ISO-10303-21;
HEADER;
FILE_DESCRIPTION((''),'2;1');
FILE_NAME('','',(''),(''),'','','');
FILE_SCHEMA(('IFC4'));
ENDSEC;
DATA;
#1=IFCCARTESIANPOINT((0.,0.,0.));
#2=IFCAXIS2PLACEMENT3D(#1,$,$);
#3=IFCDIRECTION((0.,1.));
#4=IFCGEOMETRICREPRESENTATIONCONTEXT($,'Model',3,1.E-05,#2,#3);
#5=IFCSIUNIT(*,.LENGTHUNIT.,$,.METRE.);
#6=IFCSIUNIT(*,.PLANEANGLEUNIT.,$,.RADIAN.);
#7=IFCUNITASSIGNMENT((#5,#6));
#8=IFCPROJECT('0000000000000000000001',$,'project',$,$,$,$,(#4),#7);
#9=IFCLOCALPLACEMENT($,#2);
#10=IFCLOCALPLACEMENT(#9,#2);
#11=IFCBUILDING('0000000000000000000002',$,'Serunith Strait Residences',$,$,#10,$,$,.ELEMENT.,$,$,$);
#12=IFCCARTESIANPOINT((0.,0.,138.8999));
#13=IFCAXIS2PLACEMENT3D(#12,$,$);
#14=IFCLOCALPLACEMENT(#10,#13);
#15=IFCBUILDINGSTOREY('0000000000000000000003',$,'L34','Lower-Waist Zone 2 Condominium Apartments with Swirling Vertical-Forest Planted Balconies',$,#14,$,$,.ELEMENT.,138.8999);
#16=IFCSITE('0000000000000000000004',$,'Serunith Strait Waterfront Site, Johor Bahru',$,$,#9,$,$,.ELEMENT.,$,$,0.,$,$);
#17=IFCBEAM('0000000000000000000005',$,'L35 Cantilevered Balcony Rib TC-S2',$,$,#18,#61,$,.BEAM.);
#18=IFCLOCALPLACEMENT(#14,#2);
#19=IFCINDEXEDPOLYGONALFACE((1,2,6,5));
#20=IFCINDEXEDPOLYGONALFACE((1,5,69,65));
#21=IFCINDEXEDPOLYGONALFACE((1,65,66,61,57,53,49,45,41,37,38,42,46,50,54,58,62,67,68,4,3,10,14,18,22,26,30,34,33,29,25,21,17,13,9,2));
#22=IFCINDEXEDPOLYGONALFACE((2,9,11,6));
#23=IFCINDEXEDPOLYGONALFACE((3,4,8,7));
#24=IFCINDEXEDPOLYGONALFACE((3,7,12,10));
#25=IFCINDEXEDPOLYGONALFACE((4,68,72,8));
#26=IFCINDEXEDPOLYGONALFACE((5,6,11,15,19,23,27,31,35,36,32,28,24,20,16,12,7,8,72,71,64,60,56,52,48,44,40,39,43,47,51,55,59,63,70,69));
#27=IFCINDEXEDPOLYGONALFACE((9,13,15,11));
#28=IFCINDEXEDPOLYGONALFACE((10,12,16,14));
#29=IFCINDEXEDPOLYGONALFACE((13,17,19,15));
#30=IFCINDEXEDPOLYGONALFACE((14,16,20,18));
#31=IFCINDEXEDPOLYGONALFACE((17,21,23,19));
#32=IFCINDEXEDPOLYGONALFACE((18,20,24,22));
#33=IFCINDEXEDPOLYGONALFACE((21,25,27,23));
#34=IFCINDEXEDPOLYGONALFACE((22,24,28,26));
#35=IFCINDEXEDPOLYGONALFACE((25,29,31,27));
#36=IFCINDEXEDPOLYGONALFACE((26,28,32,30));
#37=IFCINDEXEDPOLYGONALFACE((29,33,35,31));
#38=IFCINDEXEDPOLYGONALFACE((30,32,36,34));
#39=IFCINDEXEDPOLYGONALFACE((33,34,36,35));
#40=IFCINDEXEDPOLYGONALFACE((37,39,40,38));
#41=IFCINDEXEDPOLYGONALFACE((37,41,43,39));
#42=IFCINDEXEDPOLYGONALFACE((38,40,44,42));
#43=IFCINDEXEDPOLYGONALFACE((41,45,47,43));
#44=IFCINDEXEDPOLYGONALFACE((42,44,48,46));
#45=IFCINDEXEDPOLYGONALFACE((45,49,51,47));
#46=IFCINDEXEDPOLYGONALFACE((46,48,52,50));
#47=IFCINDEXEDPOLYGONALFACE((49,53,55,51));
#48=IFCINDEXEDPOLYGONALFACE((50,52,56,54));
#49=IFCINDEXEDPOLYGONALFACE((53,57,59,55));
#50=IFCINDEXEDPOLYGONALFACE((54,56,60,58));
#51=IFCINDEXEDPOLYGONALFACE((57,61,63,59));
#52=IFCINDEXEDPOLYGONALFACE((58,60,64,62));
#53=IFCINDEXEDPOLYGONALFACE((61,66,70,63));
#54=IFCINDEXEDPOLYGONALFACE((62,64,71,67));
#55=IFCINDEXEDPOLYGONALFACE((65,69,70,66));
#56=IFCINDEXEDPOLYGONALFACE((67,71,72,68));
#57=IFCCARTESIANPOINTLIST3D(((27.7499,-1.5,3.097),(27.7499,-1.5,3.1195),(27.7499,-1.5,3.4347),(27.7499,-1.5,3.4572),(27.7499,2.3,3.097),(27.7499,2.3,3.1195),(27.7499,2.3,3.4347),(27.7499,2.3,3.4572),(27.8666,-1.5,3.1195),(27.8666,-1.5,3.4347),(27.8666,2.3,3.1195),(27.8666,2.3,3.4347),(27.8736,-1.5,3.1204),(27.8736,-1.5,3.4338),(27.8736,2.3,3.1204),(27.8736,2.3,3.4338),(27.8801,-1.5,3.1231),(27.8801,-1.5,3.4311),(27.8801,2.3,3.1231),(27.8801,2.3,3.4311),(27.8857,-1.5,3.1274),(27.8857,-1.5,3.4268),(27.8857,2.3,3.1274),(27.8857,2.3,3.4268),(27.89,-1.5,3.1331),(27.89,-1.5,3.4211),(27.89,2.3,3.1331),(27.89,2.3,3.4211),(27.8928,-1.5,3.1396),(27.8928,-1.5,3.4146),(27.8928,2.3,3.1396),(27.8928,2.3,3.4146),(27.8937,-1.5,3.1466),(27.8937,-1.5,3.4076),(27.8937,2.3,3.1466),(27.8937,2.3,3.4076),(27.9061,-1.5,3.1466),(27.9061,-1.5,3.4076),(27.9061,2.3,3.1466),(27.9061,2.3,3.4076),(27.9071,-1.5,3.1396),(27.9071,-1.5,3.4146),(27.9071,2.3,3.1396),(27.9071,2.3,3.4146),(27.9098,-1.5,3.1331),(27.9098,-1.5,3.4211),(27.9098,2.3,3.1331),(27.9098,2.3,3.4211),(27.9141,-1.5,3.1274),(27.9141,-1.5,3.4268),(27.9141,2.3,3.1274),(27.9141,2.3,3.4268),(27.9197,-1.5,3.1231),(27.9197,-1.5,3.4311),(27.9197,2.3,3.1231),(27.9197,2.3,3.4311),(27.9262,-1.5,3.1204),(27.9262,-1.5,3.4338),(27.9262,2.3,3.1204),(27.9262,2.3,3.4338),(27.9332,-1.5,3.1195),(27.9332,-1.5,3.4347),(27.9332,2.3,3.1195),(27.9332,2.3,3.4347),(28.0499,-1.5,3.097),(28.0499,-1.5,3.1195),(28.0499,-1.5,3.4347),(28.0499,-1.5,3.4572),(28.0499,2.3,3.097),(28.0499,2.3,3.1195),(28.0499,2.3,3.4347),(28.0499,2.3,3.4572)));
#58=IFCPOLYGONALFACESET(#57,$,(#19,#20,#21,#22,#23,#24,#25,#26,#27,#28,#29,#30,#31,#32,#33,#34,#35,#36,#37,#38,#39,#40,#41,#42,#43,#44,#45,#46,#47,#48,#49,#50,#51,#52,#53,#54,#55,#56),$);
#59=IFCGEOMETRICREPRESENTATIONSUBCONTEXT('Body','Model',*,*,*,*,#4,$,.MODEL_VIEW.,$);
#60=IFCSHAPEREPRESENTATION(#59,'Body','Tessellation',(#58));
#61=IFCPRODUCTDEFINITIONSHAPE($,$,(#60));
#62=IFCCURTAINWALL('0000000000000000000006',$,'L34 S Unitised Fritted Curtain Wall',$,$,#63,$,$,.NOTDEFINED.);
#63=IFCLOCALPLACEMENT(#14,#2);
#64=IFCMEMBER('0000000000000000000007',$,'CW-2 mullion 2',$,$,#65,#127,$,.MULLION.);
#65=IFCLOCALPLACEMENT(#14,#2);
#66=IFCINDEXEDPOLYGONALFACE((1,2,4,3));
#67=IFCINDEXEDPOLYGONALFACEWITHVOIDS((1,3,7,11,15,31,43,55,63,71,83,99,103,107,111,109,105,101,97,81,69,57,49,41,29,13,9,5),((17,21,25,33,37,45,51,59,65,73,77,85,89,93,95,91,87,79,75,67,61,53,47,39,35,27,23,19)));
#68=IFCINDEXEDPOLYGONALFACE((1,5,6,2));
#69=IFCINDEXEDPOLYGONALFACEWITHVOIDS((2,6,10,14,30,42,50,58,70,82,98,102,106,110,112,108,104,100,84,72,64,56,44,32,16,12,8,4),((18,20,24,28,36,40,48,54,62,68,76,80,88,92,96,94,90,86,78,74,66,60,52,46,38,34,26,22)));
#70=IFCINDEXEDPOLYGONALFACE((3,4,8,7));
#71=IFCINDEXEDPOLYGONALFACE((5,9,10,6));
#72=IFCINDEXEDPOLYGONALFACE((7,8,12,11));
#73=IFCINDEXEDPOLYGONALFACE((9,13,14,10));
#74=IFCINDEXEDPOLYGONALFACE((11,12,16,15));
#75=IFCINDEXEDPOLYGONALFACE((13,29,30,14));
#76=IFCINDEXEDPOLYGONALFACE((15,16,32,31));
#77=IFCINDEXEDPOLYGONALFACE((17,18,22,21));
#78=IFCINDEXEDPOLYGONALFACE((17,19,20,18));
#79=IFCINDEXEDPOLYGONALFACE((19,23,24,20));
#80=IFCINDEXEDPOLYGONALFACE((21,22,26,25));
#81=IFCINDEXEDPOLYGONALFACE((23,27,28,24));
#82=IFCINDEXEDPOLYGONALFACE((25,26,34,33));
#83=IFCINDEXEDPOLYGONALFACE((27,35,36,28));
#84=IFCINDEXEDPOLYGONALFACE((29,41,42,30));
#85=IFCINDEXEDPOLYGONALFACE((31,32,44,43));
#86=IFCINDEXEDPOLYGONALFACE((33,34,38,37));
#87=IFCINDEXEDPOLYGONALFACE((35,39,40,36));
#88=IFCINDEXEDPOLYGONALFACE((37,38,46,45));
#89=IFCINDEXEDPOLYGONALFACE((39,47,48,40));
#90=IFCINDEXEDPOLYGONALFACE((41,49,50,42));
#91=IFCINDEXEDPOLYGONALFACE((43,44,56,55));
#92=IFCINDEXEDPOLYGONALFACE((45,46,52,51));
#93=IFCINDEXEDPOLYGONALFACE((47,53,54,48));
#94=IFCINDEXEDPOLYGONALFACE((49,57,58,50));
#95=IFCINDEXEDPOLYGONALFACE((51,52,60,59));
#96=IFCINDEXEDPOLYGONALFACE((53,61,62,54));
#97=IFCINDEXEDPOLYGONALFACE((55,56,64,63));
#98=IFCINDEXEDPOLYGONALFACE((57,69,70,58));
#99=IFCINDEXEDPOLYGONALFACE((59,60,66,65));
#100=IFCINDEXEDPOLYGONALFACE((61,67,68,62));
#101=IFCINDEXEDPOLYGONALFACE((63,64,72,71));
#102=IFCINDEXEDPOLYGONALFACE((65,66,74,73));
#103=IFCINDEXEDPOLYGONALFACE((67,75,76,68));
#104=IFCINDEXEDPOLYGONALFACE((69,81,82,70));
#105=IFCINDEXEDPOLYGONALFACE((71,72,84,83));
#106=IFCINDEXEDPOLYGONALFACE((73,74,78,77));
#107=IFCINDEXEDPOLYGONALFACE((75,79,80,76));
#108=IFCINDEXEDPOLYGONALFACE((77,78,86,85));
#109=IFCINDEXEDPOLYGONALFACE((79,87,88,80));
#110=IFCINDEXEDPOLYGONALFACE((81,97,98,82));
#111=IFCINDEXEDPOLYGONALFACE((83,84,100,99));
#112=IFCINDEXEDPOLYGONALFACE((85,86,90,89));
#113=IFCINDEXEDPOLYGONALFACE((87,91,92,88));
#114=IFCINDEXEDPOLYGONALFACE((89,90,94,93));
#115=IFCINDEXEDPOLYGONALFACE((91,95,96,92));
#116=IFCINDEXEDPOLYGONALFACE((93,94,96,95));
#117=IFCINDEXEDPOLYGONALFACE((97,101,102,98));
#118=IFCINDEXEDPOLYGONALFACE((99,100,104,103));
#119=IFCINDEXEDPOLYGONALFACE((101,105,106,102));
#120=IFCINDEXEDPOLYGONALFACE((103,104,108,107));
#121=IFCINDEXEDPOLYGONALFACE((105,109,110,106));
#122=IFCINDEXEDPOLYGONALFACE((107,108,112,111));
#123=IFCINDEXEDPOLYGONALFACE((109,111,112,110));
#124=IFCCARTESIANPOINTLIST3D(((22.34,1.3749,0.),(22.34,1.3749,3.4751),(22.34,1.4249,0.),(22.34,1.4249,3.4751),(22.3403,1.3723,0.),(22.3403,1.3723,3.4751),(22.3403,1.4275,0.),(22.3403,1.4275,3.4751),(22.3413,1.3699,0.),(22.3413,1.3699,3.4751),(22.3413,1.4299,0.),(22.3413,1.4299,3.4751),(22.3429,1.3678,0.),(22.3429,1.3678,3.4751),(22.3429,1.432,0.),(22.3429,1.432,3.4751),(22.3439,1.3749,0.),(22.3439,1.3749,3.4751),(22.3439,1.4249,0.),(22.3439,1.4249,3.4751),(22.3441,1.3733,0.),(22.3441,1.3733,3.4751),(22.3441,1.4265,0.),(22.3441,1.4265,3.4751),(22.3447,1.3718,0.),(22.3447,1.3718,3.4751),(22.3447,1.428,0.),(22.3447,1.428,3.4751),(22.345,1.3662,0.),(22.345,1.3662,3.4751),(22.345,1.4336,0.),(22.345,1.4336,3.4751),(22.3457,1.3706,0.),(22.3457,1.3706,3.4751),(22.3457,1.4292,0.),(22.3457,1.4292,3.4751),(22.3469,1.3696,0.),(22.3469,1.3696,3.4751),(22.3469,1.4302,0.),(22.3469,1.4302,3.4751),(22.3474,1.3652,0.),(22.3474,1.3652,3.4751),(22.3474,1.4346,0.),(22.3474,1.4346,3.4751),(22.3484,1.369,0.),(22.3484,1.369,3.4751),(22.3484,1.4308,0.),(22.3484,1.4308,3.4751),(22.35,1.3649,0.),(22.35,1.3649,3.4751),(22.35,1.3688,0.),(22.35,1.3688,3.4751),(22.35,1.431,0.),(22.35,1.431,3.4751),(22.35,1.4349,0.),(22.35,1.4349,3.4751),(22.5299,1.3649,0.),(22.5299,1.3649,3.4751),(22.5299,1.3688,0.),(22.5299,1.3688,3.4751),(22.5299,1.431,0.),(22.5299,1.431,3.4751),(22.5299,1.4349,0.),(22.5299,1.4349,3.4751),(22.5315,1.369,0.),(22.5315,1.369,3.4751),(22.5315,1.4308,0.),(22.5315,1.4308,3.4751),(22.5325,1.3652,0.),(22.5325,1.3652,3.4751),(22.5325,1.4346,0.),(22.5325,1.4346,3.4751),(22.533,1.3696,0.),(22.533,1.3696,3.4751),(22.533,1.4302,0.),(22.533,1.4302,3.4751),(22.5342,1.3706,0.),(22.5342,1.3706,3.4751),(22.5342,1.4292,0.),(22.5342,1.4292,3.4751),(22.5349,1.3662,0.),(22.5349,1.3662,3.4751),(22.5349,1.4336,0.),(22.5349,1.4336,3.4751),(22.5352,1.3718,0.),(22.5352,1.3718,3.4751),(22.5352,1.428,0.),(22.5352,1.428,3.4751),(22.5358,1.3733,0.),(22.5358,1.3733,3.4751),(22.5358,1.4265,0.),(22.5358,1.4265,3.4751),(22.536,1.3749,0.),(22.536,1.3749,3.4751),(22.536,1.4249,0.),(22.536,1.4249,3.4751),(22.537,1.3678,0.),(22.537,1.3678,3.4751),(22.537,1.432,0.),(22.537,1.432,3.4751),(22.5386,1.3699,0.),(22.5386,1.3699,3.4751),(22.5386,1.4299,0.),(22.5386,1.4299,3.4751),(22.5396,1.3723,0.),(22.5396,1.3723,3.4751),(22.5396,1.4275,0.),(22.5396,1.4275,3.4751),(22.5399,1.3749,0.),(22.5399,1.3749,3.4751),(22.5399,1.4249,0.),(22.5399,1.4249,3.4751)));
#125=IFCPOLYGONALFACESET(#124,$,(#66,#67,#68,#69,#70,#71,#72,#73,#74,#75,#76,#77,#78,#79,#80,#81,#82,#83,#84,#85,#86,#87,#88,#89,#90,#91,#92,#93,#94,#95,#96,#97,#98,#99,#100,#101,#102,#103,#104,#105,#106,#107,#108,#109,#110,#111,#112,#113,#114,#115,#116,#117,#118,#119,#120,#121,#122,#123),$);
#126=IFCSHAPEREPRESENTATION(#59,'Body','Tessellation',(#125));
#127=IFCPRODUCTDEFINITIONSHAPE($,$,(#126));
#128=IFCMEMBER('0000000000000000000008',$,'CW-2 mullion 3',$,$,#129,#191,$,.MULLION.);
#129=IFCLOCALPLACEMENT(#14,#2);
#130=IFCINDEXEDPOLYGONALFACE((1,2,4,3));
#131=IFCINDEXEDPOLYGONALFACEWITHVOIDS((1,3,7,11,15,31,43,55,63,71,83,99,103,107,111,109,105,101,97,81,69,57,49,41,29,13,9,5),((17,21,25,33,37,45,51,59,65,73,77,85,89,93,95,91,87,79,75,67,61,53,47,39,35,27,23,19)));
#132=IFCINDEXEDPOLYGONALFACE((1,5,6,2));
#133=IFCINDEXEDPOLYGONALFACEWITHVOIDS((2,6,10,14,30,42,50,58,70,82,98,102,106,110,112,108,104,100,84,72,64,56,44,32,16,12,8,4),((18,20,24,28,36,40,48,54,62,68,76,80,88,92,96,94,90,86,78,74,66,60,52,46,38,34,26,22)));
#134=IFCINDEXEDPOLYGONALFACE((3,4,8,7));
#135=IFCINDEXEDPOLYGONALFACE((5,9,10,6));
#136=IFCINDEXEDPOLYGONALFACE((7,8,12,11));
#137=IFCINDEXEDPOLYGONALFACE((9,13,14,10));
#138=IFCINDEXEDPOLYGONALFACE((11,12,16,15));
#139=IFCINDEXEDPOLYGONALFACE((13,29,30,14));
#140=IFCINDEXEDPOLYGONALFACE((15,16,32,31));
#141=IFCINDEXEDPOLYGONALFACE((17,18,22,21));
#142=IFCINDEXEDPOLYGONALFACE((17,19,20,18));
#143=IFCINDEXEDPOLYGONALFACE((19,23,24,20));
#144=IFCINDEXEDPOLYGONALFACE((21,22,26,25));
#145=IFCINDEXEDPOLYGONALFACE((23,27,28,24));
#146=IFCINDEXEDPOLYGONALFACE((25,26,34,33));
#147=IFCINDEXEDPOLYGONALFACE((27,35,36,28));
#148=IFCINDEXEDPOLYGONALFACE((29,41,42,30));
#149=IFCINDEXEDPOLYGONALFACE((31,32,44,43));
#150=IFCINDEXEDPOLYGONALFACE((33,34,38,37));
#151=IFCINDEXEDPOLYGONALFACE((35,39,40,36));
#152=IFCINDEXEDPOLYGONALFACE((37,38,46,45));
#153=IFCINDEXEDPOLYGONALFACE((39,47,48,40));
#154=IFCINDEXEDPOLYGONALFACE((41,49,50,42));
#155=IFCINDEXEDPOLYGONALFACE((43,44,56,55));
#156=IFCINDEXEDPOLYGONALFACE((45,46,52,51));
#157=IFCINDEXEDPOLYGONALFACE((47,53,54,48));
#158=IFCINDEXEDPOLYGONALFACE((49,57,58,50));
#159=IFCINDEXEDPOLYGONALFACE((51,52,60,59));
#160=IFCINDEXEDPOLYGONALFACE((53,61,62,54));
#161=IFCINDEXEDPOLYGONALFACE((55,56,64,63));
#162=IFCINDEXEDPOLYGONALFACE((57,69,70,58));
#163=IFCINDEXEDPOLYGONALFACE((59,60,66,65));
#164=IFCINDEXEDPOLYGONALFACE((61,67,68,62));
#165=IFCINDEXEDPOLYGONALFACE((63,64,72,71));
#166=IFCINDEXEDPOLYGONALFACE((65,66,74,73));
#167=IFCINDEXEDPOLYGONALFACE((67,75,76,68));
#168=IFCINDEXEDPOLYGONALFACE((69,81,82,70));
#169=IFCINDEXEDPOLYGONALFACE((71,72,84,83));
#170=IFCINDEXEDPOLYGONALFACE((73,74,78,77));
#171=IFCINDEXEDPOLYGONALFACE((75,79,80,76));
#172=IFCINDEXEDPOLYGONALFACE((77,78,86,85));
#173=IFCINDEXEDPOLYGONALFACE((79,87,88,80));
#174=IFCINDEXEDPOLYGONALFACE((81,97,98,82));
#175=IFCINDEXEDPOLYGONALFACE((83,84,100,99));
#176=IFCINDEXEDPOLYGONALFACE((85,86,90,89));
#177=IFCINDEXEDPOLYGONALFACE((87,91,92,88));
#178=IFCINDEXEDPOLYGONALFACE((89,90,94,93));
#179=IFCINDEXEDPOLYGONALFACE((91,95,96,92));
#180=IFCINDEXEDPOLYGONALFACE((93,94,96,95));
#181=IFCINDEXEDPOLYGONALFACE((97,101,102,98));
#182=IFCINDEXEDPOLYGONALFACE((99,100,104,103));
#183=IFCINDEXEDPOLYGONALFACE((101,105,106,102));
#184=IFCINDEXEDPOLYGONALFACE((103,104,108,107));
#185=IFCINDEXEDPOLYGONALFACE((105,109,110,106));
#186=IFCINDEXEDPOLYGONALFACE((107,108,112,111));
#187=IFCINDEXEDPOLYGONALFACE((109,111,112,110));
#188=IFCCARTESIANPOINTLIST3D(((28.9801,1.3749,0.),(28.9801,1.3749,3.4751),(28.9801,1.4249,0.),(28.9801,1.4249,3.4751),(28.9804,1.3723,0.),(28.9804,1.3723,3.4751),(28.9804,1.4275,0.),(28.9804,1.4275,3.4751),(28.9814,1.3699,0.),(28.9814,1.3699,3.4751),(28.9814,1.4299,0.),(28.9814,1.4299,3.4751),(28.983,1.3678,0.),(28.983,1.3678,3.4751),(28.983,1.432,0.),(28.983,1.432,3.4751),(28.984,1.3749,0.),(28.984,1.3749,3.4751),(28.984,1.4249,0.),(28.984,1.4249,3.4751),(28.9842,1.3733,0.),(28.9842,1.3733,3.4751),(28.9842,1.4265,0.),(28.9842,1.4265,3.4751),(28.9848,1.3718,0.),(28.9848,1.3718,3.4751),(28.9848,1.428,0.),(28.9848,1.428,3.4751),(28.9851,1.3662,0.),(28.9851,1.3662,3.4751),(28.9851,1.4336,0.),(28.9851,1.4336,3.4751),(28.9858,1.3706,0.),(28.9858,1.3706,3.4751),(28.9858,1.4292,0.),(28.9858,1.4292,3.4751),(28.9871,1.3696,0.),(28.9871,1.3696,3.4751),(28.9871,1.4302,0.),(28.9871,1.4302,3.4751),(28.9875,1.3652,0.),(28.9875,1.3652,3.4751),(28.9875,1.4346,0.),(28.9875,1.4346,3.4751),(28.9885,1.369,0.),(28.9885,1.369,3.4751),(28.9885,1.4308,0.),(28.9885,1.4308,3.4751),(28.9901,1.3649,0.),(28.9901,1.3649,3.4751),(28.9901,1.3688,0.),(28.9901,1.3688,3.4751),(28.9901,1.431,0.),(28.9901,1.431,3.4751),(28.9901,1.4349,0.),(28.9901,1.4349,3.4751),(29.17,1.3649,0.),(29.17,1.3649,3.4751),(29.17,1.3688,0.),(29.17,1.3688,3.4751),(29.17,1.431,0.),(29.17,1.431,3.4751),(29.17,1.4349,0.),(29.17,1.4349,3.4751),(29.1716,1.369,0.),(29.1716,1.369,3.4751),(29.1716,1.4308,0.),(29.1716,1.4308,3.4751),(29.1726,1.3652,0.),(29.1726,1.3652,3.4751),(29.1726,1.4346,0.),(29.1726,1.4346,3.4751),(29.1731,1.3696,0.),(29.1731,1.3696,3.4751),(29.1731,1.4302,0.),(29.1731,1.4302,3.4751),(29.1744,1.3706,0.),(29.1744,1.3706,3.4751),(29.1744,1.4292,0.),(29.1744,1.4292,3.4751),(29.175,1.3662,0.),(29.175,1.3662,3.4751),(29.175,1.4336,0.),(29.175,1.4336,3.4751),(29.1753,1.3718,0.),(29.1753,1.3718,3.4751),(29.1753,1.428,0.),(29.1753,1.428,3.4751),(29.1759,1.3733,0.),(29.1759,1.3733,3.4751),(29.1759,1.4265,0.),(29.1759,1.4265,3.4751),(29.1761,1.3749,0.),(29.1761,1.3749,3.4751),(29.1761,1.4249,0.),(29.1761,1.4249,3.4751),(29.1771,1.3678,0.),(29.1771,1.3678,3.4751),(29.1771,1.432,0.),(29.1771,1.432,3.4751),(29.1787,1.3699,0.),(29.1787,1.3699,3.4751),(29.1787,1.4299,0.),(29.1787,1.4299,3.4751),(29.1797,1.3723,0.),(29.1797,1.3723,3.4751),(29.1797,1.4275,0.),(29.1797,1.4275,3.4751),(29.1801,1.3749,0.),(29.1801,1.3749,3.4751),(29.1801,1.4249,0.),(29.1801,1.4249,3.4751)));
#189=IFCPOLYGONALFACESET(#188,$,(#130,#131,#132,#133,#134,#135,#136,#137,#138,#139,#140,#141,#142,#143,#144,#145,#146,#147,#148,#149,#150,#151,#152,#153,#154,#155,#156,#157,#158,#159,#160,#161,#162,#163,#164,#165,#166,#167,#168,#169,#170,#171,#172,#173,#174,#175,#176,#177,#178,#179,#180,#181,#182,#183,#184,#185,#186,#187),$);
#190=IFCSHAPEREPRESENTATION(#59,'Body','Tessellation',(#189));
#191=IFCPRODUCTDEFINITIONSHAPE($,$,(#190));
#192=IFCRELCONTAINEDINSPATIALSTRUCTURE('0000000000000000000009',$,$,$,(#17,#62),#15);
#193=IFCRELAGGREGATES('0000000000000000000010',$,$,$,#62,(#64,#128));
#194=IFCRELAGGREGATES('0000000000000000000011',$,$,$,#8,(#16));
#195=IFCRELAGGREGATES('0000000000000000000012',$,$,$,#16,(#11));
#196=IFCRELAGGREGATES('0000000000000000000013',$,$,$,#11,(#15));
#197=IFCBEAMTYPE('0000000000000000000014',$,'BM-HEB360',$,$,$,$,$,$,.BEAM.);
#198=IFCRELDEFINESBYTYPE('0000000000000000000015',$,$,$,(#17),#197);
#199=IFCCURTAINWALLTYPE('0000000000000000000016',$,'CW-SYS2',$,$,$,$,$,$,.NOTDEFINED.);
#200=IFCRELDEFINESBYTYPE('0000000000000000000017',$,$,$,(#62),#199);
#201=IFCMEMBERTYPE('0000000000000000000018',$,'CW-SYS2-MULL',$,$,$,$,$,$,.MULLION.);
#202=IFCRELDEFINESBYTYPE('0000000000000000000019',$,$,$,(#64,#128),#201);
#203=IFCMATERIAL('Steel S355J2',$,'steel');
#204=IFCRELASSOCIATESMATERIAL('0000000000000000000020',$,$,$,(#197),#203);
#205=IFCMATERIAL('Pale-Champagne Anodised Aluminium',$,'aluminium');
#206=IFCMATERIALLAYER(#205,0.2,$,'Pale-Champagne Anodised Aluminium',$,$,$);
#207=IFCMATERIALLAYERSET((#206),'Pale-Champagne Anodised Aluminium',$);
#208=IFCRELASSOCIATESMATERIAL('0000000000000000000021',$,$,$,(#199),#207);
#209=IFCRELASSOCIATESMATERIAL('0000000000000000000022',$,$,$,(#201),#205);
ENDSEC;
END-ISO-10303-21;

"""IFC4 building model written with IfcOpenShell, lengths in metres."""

from ifc_helpers import new_model, si_unit, direction, frame, origin, origin_2d, place, context, subcontext, project, spatial, hollow_rectangle, i_section, extrude, source, transform, mapped, material, layer, layer_set, material_profile, profile_set, type_object, element, aggregate, save


model = new_model("IFC4")

# Units and contexts
model_context = context("Model", 3, precision=1e-05, world=origin(), true_north=direction((0.0, 1.0)))
body_context = subcontext(model_context, "Body", "Model", "MODEL_VIEW")
ifc_project = project(units=[si_unit("LENGTHUNIT", "METRE"), si_unit("PLANEANGLEUNIT", "RADIAN")], contexts=[model_context])

# Site, building, storey
site_placement = place(None, origin())
site = spatial("IfcSite", under=ifc_project, at=site_placement, Name="Serunith Strait Waterfront Site, Johor Bahru", CompositionType="ELEMENT", RefElevation=0.0)
building_placement = place(site_placement, origin())
building = spatial("IfcBuilding", under=site, at=building_placement, Name="Serunith Strait Residences", CompositionType="ELEMENT")
storey_placement = place(building_placement, frame((0.0, 0.0, 138.8999)))
storey = spatial("IfcBuildingStorey", under=building, at=storey_placement, Name="L34", Description="Lower-Waist Zone 2 Condominium Apartments with Swirling Vertical-Forest Planted Balconies", CompositionType="ELEMENT", Elevation=138.8999)

# Beam
ifc_material_1 = material(Name="Steel S355J2", Category="steel")
ifc_material_profile_1 = material_profile(ifc_material_1, i_section(OverallWidth=0.3, OverallDepth=0.3601, WebThickness=0.0125, FlangeThickness=0.0225, FilletRadius=0.0271, at=origin_2d()), Name="HEB 360")
ifc_profile_set_1 = profile_set([ifc_material_profile_1], Name="Steel S355J2")
beam_type_1 = type_object("IfcBeamType", Name="BM-HEB360", PredefinedType="BEAM", material=ifc_profile_set_1)
shared_shape_1 = source(origin(), body_context, "Body", "SweptSolid", [
    extrude(i_section(OverallWidth=0.3, OverallDepth=0.3601, WebThickness=0.0125, FlangeThickness=0.0225, FilletRadius=0.0271, at=origin_2d()), origin(), (0.0, 0.0, 1.0), 3.8),
])
beam_1_placement = place(storey_placement, frame((27.8999, 2.3, 3.2771), z_axis=(0.0, -1.0, 0.0), x_axis=(1.0, 0.0, 0.0)))
element("IfcBeam", 1, at=beam_1_placement, inside=storey, type_object=beam_type_1, Name="L35 Cantilevered Balcony Rib TC-S2", PredefinedType="BEAM", context=body_context, shape_type="MappedRepresentation", body=[
    mapped(shared_shape_1, transform((0.0, 0.0, 0.0), scale=1.0)),
])

# Curtain wall, members
ifc_material_2 = material(Name="Pale-Champagne Anodised Aluminium", Category="aluminium")
ifc_layer_1 = layer(ifc_material_2, 0.2, Name="Pale-Champagne Anodised Aluminium")
ifc_layer_set_1 = layer_set([ifc_layer_1], Name="Pale-Champagne Anodised Aluminium")
curtain_wall_type = type_object("IfcCurtainWallType", Name="CW-SYS2", PredefinedType="NOTDEFINED", material=ifc_layer_set_1)
curtain_wall_placement = place(storey_placement, origin())
curtain_wall = element("IfcCurtainWall", 2, at=curtain_wall_placement, inside=storey, type_object=curtain_wall_type, Name="L34 S Unitised Fritted Curtain Wall", PredefinedType="NOTDEFINED")
ifc_material_profile_2 = material_profile(ifc_material_2, hollow_rectangle(XDim=0.0701, YDim=0.2, WallThickness=0.0039, InnerFilletRadius=0.0061, OuterFilletRadius=0.01, at=origin_2d()), Name="ALU 200x70x4")
ifc_profile_set_2 = profile_set([ifc_material_profile_2], Name="Pale-Champagne Anodised Aluminium")
member_type_1 = type_object("IfcMemberType", Name="CW-SYS2-MULL", PredefinedType="MULLION", material=ifc_profile_set_2)
shared_shape_2 = source(origin(), body_context, "Body", "SweptSolid", [
    extrude(hollow_rectangle(XDim=0.0701, YDim=0.2, WallThickness=0.0039, InnerFilletRadius=0.0061, OuterFilletRadius=0.01, at=origin_2d()), origin(), (0.0, 0.0, 1.0), 3.4751),
])
member_1_placement = place(storey_placement, frame((22.4399, 1.3999, 0.0), z_axis=(0.0, 0.0, 1.0), x_axis=(0.0, 1.0, 0.0)))
member_1 = element("IfcMember", 3, at=member_1_placement, type_object=member_type_1, Name="CW-2 mullion 2", PredefinedType="MULLION", context=body_context, shape_type="MappedRepresentation", body=[
    mapped(shared_shape_2, transform((0.0, 0.0, 0.0), scale=1.0)),
])
member_2_placement = place(storey_placement, frame((29.0801, 1.3999, 0.0), z_axis=(0.0, 0.0, 1.0), x_axis=(0.0, 1.0, 0.0)))
member_2 = element("IfcMember", 4, at=member_2_placement, type_object=member_type_1, Name="CW-2 mullion 3", PredefinedType="MULLION", context=body_context, shape_type="MappedRepresentation", body=[
    mapped(shared_shape_2, transform((0.0, 0.0, 0.0), scale=1.0)),
])
aggregate(curtain_wall, [member_1, member_2])

save(model, "model.ifc")
